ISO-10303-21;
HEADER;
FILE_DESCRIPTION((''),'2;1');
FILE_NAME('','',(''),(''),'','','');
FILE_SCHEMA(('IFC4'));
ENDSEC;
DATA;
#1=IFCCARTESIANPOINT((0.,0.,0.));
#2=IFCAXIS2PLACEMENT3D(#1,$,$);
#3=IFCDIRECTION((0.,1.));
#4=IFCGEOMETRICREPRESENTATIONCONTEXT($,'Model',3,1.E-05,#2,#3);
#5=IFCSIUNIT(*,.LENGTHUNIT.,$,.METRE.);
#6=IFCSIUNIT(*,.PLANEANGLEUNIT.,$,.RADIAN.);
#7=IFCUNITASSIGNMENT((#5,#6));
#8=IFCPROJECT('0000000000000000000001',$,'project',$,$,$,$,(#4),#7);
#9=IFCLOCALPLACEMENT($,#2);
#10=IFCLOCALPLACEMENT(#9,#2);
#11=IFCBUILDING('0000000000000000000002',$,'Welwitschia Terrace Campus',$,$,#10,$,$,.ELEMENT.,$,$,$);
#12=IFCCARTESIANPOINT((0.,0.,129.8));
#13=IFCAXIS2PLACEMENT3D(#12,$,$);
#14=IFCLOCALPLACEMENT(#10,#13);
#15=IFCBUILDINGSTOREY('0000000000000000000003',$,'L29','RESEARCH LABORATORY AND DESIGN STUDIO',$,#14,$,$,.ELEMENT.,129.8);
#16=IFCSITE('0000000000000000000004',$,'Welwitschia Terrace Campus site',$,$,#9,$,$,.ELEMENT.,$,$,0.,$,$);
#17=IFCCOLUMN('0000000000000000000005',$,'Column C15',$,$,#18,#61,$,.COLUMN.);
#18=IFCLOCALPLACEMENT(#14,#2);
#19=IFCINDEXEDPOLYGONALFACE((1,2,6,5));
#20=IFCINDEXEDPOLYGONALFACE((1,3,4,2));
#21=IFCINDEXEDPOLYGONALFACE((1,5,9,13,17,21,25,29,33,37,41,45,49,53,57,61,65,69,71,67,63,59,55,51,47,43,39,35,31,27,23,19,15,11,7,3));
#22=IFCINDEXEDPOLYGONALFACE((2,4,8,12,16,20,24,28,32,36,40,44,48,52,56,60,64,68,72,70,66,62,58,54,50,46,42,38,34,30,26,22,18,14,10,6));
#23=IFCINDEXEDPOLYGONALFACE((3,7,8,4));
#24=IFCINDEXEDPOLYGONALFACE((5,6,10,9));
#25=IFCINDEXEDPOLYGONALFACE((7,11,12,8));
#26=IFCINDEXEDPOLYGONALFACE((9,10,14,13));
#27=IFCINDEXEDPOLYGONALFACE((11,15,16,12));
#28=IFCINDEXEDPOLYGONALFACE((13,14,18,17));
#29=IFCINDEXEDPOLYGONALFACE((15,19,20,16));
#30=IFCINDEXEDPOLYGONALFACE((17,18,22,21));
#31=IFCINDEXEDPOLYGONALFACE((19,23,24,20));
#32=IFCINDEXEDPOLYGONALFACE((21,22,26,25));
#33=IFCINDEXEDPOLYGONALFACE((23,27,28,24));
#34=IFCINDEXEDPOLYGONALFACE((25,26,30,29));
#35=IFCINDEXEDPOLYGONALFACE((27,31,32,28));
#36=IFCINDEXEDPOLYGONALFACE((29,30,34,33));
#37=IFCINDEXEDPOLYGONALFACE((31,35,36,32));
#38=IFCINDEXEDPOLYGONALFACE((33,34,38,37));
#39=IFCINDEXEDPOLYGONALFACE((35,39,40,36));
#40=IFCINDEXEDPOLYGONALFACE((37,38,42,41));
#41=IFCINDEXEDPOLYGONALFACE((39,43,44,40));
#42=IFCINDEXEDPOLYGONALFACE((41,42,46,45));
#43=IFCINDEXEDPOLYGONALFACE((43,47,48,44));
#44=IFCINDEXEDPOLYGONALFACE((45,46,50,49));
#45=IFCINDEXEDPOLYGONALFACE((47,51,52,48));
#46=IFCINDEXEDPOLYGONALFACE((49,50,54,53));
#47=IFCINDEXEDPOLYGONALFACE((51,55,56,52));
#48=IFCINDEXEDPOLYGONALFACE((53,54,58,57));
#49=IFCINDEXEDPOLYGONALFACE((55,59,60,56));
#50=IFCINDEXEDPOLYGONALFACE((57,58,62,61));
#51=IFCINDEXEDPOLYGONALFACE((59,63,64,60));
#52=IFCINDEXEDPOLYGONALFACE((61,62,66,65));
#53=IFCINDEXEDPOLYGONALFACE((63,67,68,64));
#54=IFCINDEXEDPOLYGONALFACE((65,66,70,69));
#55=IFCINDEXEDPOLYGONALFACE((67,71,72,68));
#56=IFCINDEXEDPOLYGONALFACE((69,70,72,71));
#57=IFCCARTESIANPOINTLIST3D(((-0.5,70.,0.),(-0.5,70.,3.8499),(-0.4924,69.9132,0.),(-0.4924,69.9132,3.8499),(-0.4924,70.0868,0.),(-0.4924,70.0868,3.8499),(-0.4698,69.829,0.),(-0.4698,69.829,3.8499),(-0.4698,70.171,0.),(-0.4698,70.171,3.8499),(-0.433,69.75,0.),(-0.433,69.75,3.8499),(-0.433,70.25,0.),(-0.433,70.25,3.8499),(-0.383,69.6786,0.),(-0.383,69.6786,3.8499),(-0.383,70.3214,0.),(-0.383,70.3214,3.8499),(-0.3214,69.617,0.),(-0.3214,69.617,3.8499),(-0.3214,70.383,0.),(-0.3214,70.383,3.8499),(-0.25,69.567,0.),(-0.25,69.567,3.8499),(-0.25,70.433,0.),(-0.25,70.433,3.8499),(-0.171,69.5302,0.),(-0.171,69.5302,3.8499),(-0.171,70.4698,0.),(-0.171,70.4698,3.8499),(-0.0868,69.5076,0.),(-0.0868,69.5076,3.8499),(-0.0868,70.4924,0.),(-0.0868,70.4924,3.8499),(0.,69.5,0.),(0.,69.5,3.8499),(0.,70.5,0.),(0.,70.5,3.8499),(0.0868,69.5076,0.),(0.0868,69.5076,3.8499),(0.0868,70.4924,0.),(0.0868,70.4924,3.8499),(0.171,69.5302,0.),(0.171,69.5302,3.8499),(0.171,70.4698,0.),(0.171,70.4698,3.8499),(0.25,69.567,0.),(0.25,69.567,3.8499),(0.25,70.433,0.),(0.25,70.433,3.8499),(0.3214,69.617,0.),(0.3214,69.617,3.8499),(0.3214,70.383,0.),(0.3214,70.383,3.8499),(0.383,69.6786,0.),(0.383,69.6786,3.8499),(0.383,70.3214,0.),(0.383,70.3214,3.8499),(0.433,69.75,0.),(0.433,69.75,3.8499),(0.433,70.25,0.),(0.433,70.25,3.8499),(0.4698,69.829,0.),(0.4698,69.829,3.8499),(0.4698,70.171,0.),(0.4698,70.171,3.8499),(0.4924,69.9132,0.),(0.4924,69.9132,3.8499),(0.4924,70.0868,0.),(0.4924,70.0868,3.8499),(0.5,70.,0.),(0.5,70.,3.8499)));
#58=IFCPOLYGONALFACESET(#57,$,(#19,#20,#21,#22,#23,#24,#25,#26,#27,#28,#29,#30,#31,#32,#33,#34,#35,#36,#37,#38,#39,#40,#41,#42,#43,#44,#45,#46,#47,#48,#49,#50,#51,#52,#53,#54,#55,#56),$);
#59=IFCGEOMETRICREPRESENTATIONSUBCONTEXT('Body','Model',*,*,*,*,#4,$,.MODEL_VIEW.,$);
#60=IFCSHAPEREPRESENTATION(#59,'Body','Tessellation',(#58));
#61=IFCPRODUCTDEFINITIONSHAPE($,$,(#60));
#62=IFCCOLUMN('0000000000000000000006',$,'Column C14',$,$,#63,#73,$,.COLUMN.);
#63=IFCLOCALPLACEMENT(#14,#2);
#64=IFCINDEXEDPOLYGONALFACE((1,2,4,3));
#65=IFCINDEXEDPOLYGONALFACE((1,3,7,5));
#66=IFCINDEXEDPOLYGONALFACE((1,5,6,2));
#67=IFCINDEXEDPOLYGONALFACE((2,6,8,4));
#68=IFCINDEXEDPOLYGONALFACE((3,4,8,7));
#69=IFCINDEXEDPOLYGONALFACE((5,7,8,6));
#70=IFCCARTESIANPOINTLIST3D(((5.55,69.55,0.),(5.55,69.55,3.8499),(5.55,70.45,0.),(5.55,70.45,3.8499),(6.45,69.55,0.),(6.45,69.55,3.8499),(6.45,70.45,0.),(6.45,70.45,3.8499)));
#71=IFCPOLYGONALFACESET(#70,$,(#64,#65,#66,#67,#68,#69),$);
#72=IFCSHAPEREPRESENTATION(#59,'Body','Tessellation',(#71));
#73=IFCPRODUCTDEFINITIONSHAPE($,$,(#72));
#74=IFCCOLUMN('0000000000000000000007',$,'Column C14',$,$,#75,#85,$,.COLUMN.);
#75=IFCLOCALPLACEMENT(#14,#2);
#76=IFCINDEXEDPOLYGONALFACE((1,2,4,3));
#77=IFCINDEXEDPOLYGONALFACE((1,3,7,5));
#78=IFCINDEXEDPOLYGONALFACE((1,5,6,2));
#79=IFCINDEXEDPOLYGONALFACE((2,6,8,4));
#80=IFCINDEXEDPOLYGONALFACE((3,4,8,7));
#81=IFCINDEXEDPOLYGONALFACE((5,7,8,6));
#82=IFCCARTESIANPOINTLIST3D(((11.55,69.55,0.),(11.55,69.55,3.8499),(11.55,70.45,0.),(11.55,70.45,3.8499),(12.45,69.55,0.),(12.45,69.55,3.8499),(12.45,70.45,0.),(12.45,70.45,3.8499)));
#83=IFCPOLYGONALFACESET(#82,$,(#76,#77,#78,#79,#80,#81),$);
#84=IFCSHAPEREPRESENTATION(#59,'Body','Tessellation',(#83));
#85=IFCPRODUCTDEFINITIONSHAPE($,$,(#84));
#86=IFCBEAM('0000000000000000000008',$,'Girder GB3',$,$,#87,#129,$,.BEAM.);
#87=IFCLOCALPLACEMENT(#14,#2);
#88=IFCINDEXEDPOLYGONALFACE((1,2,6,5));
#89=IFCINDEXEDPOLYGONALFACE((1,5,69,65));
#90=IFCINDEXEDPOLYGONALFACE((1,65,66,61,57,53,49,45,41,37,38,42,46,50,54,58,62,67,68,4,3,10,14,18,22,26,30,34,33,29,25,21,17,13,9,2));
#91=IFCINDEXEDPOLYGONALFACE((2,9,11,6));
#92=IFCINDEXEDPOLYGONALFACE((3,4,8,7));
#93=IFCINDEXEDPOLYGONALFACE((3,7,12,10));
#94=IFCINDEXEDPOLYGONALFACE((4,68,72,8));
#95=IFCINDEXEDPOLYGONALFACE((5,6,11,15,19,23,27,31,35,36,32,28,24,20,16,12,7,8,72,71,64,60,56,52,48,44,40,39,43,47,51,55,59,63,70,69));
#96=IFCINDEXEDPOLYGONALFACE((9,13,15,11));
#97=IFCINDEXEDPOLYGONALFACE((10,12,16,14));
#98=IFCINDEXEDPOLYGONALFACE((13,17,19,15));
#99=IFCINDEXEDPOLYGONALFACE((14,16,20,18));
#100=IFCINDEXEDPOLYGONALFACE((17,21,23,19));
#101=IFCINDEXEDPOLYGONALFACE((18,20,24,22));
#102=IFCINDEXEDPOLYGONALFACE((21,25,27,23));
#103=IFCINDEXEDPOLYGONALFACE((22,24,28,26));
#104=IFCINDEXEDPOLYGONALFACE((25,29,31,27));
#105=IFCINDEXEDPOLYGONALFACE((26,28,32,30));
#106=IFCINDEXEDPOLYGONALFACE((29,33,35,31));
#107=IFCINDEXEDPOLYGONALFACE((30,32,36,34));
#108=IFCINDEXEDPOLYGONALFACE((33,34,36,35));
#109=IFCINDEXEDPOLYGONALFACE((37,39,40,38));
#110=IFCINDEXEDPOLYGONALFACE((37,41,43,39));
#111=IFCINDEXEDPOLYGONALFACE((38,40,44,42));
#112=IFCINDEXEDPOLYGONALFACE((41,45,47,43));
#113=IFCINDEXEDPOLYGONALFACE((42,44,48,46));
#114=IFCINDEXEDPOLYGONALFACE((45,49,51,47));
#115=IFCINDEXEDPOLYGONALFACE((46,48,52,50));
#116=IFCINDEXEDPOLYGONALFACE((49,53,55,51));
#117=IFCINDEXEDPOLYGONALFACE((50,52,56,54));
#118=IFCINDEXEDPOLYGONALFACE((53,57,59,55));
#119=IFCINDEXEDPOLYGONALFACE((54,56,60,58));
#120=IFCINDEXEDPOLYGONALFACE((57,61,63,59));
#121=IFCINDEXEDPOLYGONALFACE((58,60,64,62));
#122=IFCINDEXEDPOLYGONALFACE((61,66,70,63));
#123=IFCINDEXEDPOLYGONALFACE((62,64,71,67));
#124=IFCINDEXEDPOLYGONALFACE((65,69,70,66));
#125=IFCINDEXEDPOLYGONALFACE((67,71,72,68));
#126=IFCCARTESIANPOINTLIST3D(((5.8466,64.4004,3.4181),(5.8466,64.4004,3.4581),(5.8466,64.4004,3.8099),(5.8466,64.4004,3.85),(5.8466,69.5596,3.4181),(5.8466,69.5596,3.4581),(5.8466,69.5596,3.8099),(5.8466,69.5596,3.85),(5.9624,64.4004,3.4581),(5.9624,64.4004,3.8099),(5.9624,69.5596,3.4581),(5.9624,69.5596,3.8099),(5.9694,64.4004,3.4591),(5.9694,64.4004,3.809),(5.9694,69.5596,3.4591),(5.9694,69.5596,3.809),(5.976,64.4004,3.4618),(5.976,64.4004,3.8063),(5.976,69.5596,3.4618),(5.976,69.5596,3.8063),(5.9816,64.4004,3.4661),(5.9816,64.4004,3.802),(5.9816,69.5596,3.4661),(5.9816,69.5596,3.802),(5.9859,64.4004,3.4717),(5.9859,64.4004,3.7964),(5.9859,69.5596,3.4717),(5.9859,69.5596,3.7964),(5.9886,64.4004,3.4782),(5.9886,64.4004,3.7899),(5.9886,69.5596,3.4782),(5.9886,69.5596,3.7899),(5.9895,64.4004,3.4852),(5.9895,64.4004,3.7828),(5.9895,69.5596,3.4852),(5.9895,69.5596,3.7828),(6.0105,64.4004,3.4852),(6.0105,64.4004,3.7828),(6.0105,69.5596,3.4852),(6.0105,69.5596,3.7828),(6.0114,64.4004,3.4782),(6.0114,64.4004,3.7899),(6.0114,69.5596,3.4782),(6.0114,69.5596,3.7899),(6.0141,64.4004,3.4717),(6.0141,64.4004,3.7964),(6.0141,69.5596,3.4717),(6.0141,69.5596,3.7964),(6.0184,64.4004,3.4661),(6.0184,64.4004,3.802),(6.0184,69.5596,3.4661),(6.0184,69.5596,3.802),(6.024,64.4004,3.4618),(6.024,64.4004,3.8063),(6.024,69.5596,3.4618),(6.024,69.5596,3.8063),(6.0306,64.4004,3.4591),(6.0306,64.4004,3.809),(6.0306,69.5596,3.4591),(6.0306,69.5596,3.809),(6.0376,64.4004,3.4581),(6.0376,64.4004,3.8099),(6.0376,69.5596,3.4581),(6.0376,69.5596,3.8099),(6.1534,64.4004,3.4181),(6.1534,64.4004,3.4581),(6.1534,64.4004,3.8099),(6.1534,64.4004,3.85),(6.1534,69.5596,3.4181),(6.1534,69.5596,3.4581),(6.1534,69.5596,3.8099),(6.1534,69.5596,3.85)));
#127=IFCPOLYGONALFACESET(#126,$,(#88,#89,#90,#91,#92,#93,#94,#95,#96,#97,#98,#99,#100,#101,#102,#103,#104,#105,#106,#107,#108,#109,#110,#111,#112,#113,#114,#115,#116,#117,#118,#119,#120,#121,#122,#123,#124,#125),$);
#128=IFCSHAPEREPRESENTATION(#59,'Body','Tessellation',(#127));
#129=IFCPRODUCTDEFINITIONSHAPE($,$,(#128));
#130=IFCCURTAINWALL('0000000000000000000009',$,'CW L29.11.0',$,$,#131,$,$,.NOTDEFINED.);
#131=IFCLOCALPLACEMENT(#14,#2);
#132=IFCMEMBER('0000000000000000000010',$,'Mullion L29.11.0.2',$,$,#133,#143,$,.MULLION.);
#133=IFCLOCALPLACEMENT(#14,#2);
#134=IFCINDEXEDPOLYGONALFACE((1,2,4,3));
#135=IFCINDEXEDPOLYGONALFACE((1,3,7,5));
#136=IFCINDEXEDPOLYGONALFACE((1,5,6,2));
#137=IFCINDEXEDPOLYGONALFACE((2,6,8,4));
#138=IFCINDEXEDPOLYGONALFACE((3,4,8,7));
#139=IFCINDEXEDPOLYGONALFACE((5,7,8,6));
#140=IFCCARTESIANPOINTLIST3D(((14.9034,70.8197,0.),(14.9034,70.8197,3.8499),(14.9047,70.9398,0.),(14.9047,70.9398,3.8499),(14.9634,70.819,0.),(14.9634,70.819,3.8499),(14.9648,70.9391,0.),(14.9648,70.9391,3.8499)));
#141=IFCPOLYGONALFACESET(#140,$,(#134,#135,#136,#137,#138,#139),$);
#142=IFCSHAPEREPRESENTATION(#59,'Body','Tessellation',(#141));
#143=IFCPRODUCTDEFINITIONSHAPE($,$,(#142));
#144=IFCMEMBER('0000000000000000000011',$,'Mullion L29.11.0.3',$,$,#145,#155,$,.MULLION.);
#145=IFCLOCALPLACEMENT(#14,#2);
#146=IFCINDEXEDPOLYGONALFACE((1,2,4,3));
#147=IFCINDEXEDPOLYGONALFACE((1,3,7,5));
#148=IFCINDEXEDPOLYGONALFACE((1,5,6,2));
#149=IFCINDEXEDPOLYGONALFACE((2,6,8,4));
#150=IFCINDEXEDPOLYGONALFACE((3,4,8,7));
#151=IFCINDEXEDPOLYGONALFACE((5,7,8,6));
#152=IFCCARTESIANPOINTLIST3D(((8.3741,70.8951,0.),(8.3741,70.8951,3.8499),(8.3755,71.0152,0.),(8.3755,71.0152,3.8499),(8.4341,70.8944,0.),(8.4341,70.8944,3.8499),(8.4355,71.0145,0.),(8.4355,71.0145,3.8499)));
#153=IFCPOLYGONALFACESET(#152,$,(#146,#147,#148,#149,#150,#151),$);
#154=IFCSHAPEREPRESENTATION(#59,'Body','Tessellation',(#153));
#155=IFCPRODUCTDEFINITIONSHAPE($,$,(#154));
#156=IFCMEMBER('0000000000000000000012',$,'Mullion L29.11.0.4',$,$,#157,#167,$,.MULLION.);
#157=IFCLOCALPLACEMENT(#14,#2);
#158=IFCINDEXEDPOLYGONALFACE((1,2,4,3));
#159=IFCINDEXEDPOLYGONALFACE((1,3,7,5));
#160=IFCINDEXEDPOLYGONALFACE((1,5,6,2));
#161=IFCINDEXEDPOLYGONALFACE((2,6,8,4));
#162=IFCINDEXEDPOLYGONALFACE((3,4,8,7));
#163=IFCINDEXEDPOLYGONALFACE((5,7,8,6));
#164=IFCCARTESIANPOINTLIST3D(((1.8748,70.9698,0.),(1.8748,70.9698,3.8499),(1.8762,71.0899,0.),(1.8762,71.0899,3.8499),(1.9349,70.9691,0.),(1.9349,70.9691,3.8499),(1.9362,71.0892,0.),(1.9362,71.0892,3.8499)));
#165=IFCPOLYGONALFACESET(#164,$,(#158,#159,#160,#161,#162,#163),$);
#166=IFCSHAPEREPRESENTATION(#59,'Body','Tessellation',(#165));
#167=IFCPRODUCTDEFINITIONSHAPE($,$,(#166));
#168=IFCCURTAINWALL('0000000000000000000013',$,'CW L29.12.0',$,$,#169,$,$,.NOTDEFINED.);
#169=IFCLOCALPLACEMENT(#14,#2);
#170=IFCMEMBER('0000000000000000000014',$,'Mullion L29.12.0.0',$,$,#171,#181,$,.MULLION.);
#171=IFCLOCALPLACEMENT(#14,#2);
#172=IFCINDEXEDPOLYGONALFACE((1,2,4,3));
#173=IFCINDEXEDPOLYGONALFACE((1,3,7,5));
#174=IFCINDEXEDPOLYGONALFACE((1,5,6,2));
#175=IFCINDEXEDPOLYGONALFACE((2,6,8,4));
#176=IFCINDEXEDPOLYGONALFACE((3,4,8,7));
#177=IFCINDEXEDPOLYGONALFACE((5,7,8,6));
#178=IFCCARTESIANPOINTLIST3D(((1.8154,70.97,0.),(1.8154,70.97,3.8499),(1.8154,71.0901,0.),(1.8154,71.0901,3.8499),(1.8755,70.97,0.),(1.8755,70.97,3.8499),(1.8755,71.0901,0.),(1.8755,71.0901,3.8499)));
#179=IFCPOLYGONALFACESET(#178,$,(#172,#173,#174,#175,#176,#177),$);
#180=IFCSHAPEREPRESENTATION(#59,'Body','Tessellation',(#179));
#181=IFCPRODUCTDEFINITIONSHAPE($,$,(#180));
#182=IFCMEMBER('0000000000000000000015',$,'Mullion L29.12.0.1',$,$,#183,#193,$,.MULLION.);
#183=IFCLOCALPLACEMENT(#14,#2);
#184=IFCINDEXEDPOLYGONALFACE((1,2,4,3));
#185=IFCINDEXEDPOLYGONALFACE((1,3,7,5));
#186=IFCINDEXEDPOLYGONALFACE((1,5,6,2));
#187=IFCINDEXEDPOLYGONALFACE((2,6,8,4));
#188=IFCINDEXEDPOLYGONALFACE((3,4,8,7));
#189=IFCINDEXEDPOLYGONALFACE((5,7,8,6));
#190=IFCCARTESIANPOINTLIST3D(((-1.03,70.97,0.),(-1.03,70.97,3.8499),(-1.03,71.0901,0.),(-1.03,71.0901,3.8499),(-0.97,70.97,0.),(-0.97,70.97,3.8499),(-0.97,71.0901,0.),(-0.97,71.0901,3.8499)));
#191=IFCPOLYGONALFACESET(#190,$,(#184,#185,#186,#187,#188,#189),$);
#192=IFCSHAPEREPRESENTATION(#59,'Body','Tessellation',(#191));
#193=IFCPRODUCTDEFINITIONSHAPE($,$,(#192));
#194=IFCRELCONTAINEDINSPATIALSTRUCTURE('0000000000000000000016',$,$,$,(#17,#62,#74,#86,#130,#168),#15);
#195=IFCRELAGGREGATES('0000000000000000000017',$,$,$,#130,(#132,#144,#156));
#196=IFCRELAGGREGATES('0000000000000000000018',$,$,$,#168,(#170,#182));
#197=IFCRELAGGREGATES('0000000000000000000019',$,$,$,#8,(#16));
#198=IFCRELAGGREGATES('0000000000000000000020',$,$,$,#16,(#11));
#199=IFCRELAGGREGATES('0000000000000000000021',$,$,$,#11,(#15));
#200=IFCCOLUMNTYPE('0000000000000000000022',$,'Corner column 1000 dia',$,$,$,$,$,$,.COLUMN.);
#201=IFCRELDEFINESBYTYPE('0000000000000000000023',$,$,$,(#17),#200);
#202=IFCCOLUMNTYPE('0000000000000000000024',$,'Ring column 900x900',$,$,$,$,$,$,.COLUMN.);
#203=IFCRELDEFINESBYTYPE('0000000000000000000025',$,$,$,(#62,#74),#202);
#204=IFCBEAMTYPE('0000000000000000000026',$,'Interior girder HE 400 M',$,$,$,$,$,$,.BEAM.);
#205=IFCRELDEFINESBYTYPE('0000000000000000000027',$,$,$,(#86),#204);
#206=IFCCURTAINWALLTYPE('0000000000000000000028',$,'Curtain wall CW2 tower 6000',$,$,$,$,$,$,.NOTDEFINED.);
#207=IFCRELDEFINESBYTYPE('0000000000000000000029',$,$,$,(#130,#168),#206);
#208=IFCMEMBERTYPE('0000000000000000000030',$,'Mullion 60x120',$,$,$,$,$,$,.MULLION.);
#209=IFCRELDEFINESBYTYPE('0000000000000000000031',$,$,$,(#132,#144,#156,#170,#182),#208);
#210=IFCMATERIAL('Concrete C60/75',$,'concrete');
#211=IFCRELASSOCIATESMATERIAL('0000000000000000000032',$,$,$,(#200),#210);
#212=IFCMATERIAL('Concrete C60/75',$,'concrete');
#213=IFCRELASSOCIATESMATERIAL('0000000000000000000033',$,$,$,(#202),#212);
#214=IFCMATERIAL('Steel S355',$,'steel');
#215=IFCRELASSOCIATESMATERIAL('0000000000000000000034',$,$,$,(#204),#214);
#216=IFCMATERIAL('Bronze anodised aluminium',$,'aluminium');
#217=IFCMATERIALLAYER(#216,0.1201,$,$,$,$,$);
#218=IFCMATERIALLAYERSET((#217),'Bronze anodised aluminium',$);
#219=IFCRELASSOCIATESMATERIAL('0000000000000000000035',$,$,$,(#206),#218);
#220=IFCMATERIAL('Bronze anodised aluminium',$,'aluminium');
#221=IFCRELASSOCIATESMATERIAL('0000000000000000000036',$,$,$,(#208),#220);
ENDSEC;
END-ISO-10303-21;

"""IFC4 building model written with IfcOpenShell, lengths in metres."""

from ifc_helpers import new_model, si_unit, direction, frame, origin, origin_2d, place, context, subcontext, project, spatial, rectangle, circle, i_section, extrude, material, layer, layer_set, material_profile, profile_set, type_object, element, aggregate, save


model = new_model("IFC4")

# Units and contexts
model_context = context("Model", 3, precision=1e-05, world=origin(), true_north=direction((0.0, 1.0)))
body_context = subcontext(model_context, "Body", "Model", "MODEL_VIEW")
ifc_project = project(units=[si_unit("LENGTHUNIT", "METRE"), si_unit("PLANEANGLEUNIT", "RADIAN")], contexts=[model_context])

# Site, building, storey
site_placement = place(None, origin())
site = spatial("IfcSite", under=ifc_project, at=site_placement, Name="Welwitschia Terrace Campus site", CompositionType="ELEMENT", RefElevation=0.0)
building_placement = place(site_placement, origin())
building = spatial("IfcBuilding", under=site, at=building_placement, Name="Welwitschia Terrace Campus", CompositionType="ELEMENT")
storey_placement = place(building_placement, frame((0.0, 0.0, 129.8)))
storey = spatial("IfcBuildingStorey", under=building, at=storey_placement, Name="L29", Description="RESEARCH LABORATORY AND DESIGN STUDIO", CompositionType="ELEMENT", Elevation=129.8)

# Columns
ifc_material_1 = material(Name="Concrete C60/75", Category="concrete")
ifc_material_profile_1 = material_profile(ifc_material_1, circle(Radius=0.5, at=origin_2d()))
ifc_profile_set_1 = profile_set([ifc_material_profile_1], Name="Concrete C60/75")
column_type_1 = type_object("IfcColumnType", Name="Corner column 1000 dia", PredefinedType="COLUMN", material=ifc_profile_set_1)
column_placement = place(storey_placement, frame((0.0, 70.0, 0.0), z_axis=(0.0, 0.0, 1.0), x_axis=(1.0, 0.0, 0.0)))
element("IfcColumn", 1, at=column_placement, inside=storey, type_object=column_type_1, Name="Column C15", PredefinedType="COLUMN", context=body_context, shape_type="SweptSolid", body=[
    extrude(circle(Radius=0.5, at=origin_2d()), origin(), (0.0, 0.0, 1.0), 3.8499),
])
ifc_material_2 = material(Name="Concrete C60/75", Category="concrete")
ifc_material_profile_2 = material_profile(ifc_material_2, rectangle(XDim=0.8999, YDim=0.8999, at=origin_2d()))
ifc_profile_set_2 = profile_set([ifc_material_profile_2], Name="Concrete C60/75")
column_type_2 = type_object("IfcColumnType", Name="Ring column 900x900", PredefinedType="COLUMN", material=ifc_profile_set_2)
for number, where, z_axis, x_axis, name in (
    (2, (6.0, 70.0, 0.0), (0.0, 0.0, 1.0), (1.0, 0.0, 0.0), "Column C14"),
    (3, (12.0, 70.0, 0.0), (0.0, 0.0, 1.0), (1.0, 0.0, 0.0), "Column C14"),
):
    element("IfcColumn", number, at=place(storey_placement, frame(where, z_axis=z_axis, x_axis=x_axis)), inside=storey, type_object=column_type_2, Name=name, PredefinedType="COLUMN", context=body_context, shape_type="SweptSolid", body=[
        extrude(rectangle(XDim=0.8999, YDim=0.8999, at=origin_2d()), origin(), (0.0, 0.0, 1.0), 3.8499),
    ])

# Beam
ifc_material_3 = material(Name="Steel S355", Category="steel")
ifc_material_profile_3 = material_profile(ifc_material_3, i_section(OverallWidth=0.3069, OverallDepth=0.4319, WebThickness=0.021, FlangeThickness=0.04, FilletRadius=0.0271, at=origin_2d()))
ifc_profile_set_3 = profile_set([ifc_material_profile_3], Name="Steel S355")
beam_type_1 = type_object("IfcBeamType", Name="Interior girder HE 400 M", PredefinedType="BEAM", material=ifc_profile_set_3)
beam_1_placement = place(storey_placement, frame((6.0, 64.4004, 3.634), z_axis=(0.0, 1.0, 0.0), x_axis=(-1.0, 0.0, 0.0)))
element("IfcBeam", 4, at=beam_1_placement, inside=storey, type_object=beam_type_1, Name="Girder GB3", PredefinedType="BEAM", context=body_context, shape_type="SweptSolid", body=[
    extrude(i_section(OverallWidth=0.3069, OverallDepth=0.4319, WebThickness=0.021, FlangeThickness=0.04, FilletRadius=0.0271, at=origin_2d()), origin(), (0.0, 0.0, 1.0), 5.1592),
])

# Curtain walls, members
ifc_material_4 = material(Name="Bronze anodised aluminium", Category="aluminium")
ifc_layer_1 = layer(ifc_material_4, 0.1201)
ifc_layer_set_1 = layer_set([ifc_layer_1], Name="Bronze anodised aluminium")
curtain_wall_type = type_object("IfcCurtainWallType", Name="Curtain wall CW2 tower 6000", PredefinedType="NOTDEFINED", material=ifc_layer_set_1)
curtain_wall_1_placement = place(storey_placement, origin())
curtain_wall_1 = element("IfcCurtainWall", 5, at=curtain_wall_1_placement, inside=storey, type_object=curtain_wall_type, Name="CW L29.11.0", PredefinedType="NOTDEFINED")
ifc_material_5 = material(Name="Bronze anodised aluminium", Category="aluminium")
ifc_material_profile_4 = material_profile(ifc_material_5, rectangle(XDim=0.1201, YDim=0.0601, at=origin_2d()))
ifc_profile_set_4 = profile_set([ifc_material_profile_4], Name="Bronze anodised aluminium")
member_type_1 = type_object("IfcMemberType", Name="Mullion 60x120", PredefinedType="MULLION", material=ifc_profile_set_4)
member_1_placement = place(storey_placement, frame((14.9341, 70.8794, 0.0), z_axis=(0.0, 0.0, 1.0), x_axis=(-0.01153, -0.999934, 0.0)))
member_1 = element("IfcMember", 6, at=member_1_placement, type_object=member_type_1, Name="Mullion L29.11.0.2", PredefinedType="MULLION", context=body_context, shape_type="SweptSolid", body=[
    extrude(rectangle(XDim=0.1201, YDim=0.0601, at=origin_2d()), origin(), (0.0, 0.0, 1.0), 3.8499),
])
member_2_placement = place(storey_placement, frame((8.4048, 70.9548, 0.0), z_axis=(0.0, 0.0, 1.0), x_axis=(-0.01153, -0.999934, 0.0)))
member_2 = element("IfcMember", 7, at=member_2_placement, type_object=member_type_1, Name="Mullion L29.11.0.3", PredefinedType="MULLION", context=body_context, shape_type="SweptSolid", body=[
    extrude(rectangle(XDim=0.1201, YDim=0.0601, at=origin_2d()), origin(), (0.0, 0.0, 1.0), 3.8499),
])
member_3_placement = place(storey_placement, frame((1.9055, 71.0295, 0.0), z_axis=(0.0, 0.0, 1.0), x_axis=(-0.01153, -0.999934, 0.0)))
member_3 = element("IfcMember", 8, at=member_3_placement, type_object=member_type_1, Name="Mullion L29.11.0.4", PredefinedType="MULLION", context=body_context, shape_type="SweptSolid", body=[
    extrude(rectangle(XDim=0.1201, YDim=0.0601, at=origin_2d()), origin(), (0.0, 0.0, 1.0), 3.8499),
])
curtain_wall_2_placement = place(storey_placement, origin())
curtain_wall_2 = element("IfcCurtainWall", 9, at=curtain_wall_2_placement, inside=storey, type_object=curtain_wall_type, Name="CW L29.12.0", PredefinedType="NOTDEFINED")
member_4_placement = place(storey_placement, frame((1.8455, 71.03, 0.0), z_axis=(0.0, 0.0, 1.0), x_axis=(0.0, -1.0, 0.0)))
member_4 = element("IfcMember", 10, at=member_4_placement, type_object=member_type_1, Name="Mullion L29.12.0.0", PredefinedType="MULLION", context=body_context, shape_type="SweptSolid", body=[
    extrude(rectangle(XDim=0.1201, YDim=0.0601, at=origin_2d()), origin(), (0.0, 0.0, 1.0), 3.8499),
])
member_5_placement = place(storey_placement, frame((-1.0, 71.03, 0.0), z_axis=(0.0, 0.0, 1.0), x_axis=(0.0, -1.0, 0.0)))
member_5 = element("IfcMember", 11, at=member_5_placement, type_object=member_type_1, Name="Mullion L29.12.0.1", PredefinedType="MULLION", context=body_context, shape_type="SweptSolid", body=[
    extrude(rectangle(XDim=0.1201, YDim=0.0601, at=origin_2d()), origin(), (0.0, 0.0, 1.0), 3.8499),
])

aggregate(curtain_wall_1, [member_1, member_2, member_3])
aggregate(curtain_wall_2, [member_4, member_5])

save(model, "model.ifc")
